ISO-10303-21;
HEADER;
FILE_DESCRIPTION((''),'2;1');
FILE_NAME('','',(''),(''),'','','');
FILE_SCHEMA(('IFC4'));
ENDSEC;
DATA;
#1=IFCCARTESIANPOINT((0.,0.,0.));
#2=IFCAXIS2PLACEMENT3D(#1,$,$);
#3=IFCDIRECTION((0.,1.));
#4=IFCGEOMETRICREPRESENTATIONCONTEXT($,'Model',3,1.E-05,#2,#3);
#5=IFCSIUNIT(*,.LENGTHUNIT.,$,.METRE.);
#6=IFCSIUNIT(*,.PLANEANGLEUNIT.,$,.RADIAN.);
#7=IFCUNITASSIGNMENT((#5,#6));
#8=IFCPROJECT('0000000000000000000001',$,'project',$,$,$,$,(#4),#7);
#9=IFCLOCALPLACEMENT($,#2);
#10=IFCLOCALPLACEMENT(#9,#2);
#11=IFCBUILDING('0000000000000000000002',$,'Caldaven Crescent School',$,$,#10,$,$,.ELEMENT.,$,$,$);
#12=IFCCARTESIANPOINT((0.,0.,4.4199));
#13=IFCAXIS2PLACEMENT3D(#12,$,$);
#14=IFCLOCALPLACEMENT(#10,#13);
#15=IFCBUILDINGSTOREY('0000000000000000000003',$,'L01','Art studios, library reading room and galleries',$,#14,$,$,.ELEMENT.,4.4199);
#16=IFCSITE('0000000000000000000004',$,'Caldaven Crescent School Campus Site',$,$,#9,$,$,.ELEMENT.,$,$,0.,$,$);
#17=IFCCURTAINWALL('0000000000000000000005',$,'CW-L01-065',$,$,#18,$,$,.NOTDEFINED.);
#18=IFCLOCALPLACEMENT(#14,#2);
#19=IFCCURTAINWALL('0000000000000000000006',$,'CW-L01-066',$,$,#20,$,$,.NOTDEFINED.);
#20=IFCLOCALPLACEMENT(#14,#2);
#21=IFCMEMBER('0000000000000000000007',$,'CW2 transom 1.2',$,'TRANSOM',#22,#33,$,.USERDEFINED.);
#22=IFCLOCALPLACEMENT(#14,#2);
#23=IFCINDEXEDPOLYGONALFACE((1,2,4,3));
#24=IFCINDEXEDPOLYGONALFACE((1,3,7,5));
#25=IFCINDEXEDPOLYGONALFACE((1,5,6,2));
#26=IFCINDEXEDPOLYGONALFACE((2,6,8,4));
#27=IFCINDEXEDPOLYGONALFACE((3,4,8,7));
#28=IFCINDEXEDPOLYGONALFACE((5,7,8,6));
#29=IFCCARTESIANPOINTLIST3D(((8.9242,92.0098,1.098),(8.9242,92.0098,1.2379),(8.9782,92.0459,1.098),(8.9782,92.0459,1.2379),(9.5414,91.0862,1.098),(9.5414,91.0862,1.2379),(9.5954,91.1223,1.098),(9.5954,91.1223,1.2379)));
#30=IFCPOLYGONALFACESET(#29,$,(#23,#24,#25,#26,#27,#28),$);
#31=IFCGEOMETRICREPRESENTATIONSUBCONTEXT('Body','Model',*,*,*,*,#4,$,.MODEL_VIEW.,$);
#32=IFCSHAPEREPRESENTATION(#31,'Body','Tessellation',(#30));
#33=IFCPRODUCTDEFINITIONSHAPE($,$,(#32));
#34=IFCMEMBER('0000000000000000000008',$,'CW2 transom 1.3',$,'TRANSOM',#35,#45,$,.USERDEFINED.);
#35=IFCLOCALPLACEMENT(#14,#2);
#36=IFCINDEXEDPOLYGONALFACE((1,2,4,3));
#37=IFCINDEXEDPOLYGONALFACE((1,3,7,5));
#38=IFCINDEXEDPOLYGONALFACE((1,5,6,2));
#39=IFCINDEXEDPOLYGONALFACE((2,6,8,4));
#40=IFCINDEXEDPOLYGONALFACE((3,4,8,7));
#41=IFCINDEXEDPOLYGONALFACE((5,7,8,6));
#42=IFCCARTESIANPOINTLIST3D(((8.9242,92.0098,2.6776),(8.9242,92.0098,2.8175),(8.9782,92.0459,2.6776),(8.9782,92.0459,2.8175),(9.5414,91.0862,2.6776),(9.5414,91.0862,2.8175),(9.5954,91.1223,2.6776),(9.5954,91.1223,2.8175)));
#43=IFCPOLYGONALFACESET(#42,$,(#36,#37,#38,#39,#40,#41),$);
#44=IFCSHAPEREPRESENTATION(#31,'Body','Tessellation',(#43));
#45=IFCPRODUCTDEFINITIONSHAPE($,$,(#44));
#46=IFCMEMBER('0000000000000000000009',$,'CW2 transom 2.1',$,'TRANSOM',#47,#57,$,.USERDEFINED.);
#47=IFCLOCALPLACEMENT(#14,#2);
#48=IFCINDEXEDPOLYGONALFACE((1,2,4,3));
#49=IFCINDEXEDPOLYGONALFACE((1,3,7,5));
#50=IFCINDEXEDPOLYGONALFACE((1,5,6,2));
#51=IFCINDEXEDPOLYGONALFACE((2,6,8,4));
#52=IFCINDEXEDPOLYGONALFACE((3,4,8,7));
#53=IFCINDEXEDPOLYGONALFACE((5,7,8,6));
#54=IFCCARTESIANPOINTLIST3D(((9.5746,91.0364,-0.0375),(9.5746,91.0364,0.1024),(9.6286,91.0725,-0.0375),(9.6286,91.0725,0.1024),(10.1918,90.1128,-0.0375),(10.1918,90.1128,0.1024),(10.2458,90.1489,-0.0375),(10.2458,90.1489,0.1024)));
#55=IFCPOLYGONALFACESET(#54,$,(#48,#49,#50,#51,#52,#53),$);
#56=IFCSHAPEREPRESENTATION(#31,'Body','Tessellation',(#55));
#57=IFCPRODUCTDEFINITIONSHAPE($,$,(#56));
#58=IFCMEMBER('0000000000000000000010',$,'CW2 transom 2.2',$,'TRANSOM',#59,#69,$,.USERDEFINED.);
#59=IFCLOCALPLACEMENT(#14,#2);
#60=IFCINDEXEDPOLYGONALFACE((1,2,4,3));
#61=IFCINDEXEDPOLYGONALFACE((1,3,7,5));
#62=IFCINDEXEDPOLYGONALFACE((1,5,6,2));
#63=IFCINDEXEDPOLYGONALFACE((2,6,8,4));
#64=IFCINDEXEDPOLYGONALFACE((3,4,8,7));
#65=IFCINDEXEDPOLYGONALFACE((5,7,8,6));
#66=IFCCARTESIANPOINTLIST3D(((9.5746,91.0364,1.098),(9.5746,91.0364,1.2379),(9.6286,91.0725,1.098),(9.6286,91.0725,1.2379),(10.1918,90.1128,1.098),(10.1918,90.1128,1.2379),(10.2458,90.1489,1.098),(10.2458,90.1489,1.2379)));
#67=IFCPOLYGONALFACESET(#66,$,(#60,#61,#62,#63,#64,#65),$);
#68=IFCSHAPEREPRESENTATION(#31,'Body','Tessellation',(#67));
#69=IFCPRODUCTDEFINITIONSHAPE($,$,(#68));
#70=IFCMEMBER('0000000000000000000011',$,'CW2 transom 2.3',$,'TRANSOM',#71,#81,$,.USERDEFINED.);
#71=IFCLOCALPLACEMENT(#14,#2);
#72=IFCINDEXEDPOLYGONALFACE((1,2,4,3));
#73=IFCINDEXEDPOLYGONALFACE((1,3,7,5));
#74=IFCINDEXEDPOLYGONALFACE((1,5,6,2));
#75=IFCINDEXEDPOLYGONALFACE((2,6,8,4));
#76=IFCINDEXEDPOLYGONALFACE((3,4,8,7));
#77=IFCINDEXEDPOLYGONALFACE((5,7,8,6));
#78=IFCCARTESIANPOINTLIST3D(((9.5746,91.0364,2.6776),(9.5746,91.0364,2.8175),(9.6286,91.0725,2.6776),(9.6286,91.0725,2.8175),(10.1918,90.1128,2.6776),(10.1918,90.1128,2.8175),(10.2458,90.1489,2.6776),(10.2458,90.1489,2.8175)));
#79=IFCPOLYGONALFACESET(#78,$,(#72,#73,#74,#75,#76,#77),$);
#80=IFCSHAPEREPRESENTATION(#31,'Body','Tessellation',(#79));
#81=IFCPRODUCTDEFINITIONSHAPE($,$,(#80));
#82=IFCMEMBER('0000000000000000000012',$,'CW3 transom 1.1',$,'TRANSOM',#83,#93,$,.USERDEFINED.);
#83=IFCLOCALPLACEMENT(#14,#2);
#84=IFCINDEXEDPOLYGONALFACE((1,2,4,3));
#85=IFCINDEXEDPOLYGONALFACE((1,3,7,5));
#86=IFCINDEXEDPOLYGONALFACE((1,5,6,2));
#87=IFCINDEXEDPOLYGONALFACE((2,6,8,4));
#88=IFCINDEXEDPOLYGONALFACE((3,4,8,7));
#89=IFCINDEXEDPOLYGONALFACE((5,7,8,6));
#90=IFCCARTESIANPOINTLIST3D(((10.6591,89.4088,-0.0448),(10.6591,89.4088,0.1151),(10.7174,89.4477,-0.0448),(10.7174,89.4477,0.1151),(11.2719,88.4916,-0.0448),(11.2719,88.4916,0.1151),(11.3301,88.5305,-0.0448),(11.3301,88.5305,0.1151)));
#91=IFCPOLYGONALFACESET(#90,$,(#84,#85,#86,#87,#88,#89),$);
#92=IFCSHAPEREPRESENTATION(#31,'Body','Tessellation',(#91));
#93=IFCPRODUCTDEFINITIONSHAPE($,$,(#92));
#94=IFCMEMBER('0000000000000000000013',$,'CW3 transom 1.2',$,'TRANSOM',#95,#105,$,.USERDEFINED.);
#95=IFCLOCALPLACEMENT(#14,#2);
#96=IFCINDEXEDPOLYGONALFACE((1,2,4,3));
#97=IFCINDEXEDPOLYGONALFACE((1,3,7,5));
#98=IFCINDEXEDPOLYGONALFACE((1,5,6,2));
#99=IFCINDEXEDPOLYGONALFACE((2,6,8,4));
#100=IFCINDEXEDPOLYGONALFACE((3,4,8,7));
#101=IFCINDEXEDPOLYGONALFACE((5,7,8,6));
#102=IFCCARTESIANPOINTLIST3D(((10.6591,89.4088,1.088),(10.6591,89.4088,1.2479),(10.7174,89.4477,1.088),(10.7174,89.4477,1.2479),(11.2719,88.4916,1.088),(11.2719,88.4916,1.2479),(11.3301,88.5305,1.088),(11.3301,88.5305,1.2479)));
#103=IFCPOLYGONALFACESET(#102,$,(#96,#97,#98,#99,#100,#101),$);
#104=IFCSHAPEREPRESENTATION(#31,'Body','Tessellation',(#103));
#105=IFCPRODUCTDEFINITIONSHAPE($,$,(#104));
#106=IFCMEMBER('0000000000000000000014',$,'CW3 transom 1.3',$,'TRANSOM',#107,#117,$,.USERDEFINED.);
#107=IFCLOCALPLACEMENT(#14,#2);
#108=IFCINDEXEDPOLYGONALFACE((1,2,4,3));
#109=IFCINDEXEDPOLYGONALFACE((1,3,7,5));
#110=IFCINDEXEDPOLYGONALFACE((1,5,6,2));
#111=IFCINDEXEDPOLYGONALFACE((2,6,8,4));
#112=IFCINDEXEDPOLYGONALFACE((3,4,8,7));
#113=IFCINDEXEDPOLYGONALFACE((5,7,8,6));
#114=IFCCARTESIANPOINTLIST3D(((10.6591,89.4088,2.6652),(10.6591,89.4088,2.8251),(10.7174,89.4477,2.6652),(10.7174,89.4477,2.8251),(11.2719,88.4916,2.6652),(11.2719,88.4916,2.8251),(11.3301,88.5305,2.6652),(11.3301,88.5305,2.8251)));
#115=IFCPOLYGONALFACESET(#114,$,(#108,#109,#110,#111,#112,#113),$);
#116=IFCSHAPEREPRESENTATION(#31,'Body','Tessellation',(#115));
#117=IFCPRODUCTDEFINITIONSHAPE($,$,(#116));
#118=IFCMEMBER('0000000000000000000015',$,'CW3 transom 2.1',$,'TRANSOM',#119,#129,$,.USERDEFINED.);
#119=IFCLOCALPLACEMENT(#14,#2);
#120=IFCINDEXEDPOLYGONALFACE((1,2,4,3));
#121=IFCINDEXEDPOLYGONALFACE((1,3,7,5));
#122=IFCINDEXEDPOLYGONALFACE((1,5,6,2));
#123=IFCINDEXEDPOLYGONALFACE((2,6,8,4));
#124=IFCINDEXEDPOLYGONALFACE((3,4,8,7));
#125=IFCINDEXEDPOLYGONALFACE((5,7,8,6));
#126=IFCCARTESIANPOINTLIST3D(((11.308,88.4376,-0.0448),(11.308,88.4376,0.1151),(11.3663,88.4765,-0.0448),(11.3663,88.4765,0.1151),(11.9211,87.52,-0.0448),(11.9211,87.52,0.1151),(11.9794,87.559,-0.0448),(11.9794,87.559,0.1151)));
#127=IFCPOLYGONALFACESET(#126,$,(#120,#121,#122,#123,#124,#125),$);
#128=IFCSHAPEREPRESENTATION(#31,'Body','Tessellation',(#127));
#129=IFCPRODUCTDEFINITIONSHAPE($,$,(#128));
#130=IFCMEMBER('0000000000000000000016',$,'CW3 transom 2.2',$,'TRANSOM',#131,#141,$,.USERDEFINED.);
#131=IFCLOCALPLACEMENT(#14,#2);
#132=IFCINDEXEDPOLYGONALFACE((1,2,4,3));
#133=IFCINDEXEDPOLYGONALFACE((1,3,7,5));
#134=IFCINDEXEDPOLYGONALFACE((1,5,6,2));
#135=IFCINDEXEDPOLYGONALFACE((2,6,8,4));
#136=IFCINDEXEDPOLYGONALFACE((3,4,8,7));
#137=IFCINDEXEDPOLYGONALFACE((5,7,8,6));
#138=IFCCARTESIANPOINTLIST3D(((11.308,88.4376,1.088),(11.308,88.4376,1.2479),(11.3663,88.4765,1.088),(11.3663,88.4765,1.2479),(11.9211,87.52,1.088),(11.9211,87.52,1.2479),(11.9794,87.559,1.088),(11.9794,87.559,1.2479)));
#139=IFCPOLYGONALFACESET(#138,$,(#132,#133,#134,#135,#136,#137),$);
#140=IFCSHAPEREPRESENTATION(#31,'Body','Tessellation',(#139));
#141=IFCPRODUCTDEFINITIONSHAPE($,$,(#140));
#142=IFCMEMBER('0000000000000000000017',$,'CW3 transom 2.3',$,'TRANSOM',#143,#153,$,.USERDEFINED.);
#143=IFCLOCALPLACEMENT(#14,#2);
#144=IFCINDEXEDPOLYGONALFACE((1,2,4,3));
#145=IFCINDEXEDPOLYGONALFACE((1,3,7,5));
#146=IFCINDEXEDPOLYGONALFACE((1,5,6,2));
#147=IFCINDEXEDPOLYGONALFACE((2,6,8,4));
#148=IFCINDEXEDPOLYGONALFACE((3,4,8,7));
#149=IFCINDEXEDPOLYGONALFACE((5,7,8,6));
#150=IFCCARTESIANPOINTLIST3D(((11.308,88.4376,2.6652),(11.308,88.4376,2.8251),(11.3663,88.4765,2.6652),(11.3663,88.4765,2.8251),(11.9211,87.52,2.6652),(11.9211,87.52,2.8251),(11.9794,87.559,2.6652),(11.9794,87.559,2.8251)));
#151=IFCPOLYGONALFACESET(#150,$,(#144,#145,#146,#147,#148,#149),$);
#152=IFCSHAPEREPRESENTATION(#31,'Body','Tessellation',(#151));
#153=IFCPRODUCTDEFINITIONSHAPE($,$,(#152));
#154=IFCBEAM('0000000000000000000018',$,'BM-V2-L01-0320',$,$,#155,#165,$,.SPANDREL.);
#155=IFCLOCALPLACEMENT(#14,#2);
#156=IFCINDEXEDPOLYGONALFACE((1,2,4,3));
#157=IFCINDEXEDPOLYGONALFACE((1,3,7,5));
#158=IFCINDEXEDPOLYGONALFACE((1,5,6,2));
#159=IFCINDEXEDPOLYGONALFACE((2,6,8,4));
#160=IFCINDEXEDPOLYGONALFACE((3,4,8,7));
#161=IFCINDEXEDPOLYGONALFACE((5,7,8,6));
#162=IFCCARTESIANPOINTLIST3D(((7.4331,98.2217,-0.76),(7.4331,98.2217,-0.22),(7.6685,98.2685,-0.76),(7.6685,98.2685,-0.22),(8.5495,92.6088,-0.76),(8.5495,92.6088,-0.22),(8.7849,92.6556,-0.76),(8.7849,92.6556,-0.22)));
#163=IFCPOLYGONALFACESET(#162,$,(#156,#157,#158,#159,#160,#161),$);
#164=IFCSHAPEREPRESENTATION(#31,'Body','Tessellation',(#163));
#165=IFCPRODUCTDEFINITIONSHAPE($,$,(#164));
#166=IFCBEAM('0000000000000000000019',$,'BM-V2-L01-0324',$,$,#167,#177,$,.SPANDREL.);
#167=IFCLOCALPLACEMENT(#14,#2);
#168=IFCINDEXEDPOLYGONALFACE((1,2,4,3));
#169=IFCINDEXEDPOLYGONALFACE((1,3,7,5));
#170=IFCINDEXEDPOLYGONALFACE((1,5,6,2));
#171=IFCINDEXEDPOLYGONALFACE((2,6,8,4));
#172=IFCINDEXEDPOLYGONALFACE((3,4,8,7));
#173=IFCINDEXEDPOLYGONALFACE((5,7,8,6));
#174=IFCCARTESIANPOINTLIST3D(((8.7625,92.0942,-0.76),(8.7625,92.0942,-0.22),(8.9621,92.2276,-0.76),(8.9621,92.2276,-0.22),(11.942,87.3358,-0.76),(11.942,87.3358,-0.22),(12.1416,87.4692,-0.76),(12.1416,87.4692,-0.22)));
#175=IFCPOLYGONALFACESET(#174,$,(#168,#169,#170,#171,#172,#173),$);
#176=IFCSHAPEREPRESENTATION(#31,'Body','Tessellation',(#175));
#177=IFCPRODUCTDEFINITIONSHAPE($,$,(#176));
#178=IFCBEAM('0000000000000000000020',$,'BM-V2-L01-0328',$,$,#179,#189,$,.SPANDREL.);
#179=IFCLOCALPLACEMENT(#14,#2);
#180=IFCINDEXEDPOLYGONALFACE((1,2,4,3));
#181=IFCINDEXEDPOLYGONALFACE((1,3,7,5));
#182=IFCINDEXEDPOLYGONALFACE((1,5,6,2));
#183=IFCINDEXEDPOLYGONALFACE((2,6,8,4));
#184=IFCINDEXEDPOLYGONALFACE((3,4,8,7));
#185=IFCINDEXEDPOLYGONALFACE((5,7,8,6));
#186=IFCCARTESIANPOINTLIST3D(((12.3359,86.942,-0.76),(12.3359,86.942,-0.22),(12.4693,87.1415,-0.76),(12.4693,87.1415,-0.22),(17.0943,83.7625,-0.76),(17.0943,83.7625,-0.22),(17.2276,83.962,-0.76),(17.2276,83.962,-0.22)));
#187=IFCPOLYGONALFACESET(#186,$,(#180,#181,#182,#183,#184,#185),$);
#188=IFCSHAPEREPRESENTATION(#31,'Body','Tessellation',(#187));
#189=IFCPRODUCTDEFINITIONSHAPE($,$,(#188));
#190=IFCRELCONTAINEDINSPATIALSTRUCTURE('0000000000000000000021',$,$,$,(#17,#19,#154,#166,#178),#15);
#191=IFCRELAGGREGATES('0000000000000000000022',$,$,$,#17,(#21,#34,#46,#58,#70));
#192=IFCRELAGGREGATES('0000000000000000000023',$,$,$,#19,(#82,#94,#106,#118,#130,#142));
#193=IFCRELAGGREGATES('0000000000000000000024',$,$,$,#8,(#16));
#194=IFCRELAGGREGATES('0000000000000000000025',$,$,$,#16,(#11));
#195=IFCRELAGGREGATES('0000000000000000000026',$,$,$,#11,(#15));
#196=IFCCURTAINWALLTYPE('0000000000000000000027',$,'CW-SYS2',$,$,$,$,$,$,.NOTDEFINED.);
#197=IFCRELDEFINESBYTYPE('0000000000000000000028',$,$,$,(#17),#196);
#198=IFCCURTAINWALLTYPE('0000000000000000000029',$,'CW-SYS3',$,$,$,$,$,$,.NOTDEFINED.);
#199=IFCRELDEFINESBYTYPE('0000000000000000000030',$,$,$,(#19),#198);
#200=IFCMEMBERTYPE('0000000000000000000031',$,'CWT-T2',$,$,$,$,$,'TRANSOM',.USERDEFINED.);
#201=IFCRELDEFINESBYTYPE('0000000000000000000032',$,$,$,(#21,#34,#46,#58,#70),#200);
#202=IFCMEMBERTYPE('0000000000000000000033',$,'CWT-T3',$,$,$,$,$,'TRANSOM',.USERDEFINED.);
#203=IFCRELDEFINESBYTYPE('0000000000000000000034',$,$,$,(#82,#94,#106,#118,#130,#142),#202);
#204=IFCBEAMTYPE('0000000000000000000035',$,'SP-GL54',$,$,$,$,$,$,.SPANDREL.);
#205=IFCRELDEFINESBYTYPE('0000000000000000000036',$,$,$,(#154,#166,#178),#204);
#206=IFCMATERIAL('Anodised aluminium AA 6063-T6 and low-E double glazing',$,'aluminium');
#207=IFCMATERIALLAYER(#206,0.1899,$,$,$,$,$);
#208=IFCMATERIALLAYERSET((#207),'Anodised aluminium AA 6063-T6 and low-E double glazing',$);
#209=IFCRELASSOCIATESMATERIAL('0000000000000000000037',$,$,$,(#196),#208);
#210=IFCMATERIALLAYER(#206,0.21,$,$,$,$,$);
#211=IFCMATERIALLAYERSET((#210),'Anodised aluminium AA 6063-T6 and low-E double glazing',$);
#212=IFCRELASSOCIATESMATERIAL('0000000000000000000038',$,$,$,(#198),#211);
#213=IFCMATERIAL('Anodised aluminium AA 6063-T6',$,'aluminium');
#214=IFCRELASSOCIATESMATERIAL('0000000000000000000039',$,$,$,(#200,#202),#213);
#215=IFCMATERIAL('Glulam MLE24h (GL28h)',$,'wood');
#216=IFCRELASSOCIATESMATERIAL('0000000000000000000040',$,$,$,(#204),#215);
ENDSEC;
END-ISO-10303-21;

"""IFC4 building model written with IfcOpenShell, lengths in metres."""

from ifc_helpers import new_model, si_unit, direction, frame, origin, origin_2d, place, context, subcontext, project, spatial, rectangle, extrude, material, layer, layer_set, material_profile, profile_set, type_object, element, aggregate, save


model = new_model("IFC4")

# Units and contexts
model_context = context("Model", 3, precision=1e-05, world=origin(), true_north=direction((0.0, 1.0)))
body_context = subcontext(model_context, "Body", "Model", "MODEL_VIEW")
ifc_project = project(units=[si_unit("LENGTHUNIT", "METRE"), si_unit("PLANEANGLEUNIT", "RADIAN")], contexts=[model_context])

# Site, building, storey
site_placement = place(None, origin())
site = spatial("IfcSite", under=ifc_project, at=site_placement, Name="Caldaven Crescent School Campus Site", CompositionType="ELEMENT", RefElevation=0.0)
building_placement = place(site_placement, origin())
building = spatial("IfcBuilding", under=site, at=building_placement, Name="Caldaven Crescent School", CompositionType="ELEMENT")
storey_placement = place(building_placement, frame((0.0, 0.0, 4.4199)))
storey = spatial("IfcBuildingStorey", under=building, at=storey_placement, Name="L01", Description="Art studios, library reading room and galleries", CompositionType="ELEMENT", Elevation=4.4199)

# Curtain walls
ifc_material_1 = material(Name="Anodised aluminium AA 6063-T6 and low-E double glazing", Category="aluminium")
ifc_layer_1 = layer(ifc_material_1, 0.1899)
ifc_layer_set_1 = layer_set([ifc_layer_1], Name="Anodised aluminium AA 6063-T6 and low-E double glazing")
curtain_wall_type_1 = type_object("IfcCurtainWallType", Name="CW-SYS2", PredefinedType="NOTDEFINED", material=ifc_layer_set_1)
curtain_wall_1_placement = place(storey_placement, origin())
curtain_wall_1 = element("IfcCurtainWall", 1, at=curtain_wall_1_placement, inside=storey, type_object=curtain_wall_type_1, Name="CW-L01-065", PredefinedType="NOTDEFINED")
ifc_material_2 = material(Name="Anodised aluminium AA 6063-T6", Category="aluminium")
ifc_layer_2 = layer(ifc_material_1, 0.21)
ifc_layer_set_2 = layer_set([ifc_layer_2], Name="Anodised aluminium AA 6063-T6 and low-E double glazing")
curtain_wall_type_2 = type_object("IfcCurtainWallType", Name="CW-SYS3", PredefinedType="NOTDEFINED", material=ifc_layer_set_2)
curtain_wall_2_placement = place(storey_placement, origin())
curtain_wall_2 = element("IfcCurtainWall", 2, at=curtain_wall_2_placement, inside=storey, type_object=curtain_wall_type_2, Name="CW-L01-066", PredefinedType="NOTDEFINED")

# Members
ifc_material_profile_1 = material_profile(ifc_material_2, rectangle(XDim=0.0649, YDim=0.1399, at=origin_2d()), Name="CWT 65x140")
ifc_profile_set_1 = profile_set([ifc_material_profile_1], Name="Anodised aluminium AA 6063-T6")
member_type_1 = type_object("IfcMemberType", Name="CWT-T2", ElementType="TRANSOM", PredefinedType="USERDEFINED", material=ifc_profile_set_1)
member_1_placement = place(storey_placement, frame((8.9512, 92.0278, 1.168), z_axis=(0.555613, -0.831441, 0.0), x_axis=(0.831441, 0.555613, 0.0)))
member_1 = element("IfcMember", 3, at=member_1_placement, type_object=member_type_1, Name="CW2 transom 1.2", ObjectType="TRANSOM", PredefinedType="USERDEFINED", context=body_context, shape_type="SweptSolid", body=[
    extrude(rectangle(XDim=0.0649, YDim=0.1399, at=origin_2d()), origin(), (0.0, 0.0, 1.0), 1.1108),
])
member_2_placement = place(storey_placement, frame((8.9512, 92.0278, 2.7476), z_axis=(0.555613, -0.831441, 0.0), x_axis=(0.831441, 0.555613, 0.0)))
member_2 = element("IfcMember", 4, at=member_2_placement, type_object=member_type_1, Name="CW2 transom 1.3", ObjectType="TRANSOM", PredefinedType="USERDEFINED", context=body_context, shape_type="SweptSolid", body=[
    extrude(rectangle(XDim=0.0649, YDim=0.1399, at=origin_2d()), origin(), (0.0, 0.0, 1.0), 1.1108),
])
member_3_placement = place(storey_placement, frame((9.6016, 91.0544, 0.0325), z_axis=(0.555613, -0.831441, 0.0), x_axis=(0.831441, 0.555613, 0.0)))
member_3 = element("IfcMember", 5, at=member_3_placement, type_object=member_type_1, Name="CW2 transom 2.1", ObjectType="TRANSOM", PredefinedType="USERDEFINED", context=body_context, shape_type="SweptSolid", body=[
    extrude(rectangle(XDim=0.0649, YDim=0.1399, at=origin_2d()), origin(), (0.0, 0.0, 1.0), 1.1108),
])
member_4_placement = place(storey_placement, frame((9.6016, 91.0544, 1.168), z_axis=(0.555613, -0.831441, 0.0), x_axis=(0.831441, 0.555613, 0.0)))
member_4 = element("IfcMember", 6, at=member_4_placement, type_object=member_type_1, Name="CW2 transom 2.2", ObjectType="TRANSOM", PredefinedType="USERDEFINED", context=body_context, shape_type="SweptSolid", body=[
    extrude(rectangle(XDim=0.0649, YDim=0.1399, at=origin_2d()), origin(), (0.0, 0.0, 1.0), 1.1108),
])
member_5_placement = place(storey_placement, frame((9.6016, 91.0544, 2.7476), z_axis=(0.555613, -0.831441, 0.0), x_axis=(0.831441, 0.555613, 0.0)))
member_5 = element("IfcMember", 7, at=member_5_placement, type_object=member_type_1, Name="CW2 transom 2.3", ObjectType="TRANSOM", PredefinedType="USERDEFINED", context=body_context, shape_type="SweptSolid", body=[
    extrude(rectangle(XDim=0.0649, YDim=0.1399, at=origin_2d()), origin(), (0.0, 0.0, 1.0), 1.1108),
])
ifc_material_profile_2 = material_profile(ifc_material_2, rectangle(XDim=0.0701, YDim=0.1599, at=origin_2d()), Name="CWT 70x160")
ifc_profile_set_2 = profile_set([ifc_material_profile_2], Name="Anodised aluminium AA 6063-T6")
member_type_2 = type_object("IfcMemberType", Name="CWT-T3", ElementType="TRANSOM", PredefinedType="USERDEFINED", material=ifc_profile_set_2)
member_6_placement = place(storey_placement, frame((10.6882, 89.4282, 0.0352), z_axis=(0.555517, -0.831505, 0.0), x_axis=(0.831505, 0.555517, 0.0)))
member_6 = element("IfcMember", 8, at=member_6_placement, type_object=member_type_2, Name="CW3 transom 1.1", ObjectType="TRANSOM", PredefinedType="USERDEFINED", context=body_context, shape_type="SweptSolid", body=[
    extrude(rectangle(XDim=0.0701, YDim=0.1599, at=origin_2d()), origin(), (0.0, 0.0, 1.0), 1.103),
])
member_7_placement = place(storey_placement, frame((10.6882, 89.4282, 1.168), z_axis=(0.555517, -0.831505, 0.0), x_axis=(0.831505, 0.555517, 0.0)))
member_7 = element("IfcMember", 9, at=member_7_placement, type_object=member_type_2, Name="CW3 transom 1.2", ObjectType="TRANSOM", PredefinedType="USERDEFINED", context=body_context, shape_type="SweptSolid", body=[
    extrude(rectangle(XDim=0.0701, YDim=0.1599, at=origin_2d()), origin(), (0.0, 0.0, 1.0), 1.103),
])
member_8_placement = place(storey_placement, frame((10.6882, 89.4282, 2.7451), z_axis=(0.555517, -0.831505, 0.0), x_axis=(0.831505, 0.555517, 0.0)))
member_8 = element("IfcMember", 10, at=member_8_placement, type_object=member_type_2, Name="CW3 transom 1.3", ObjectType="TRANSOM", PredefinedType="USERDEFINED", context=body_context, shape_type="SweptSolid", body=[
    extrude(rectangle(XDim=0.0701, YDim=0.1599, at=origin_2d()), origin(), (0.0, 0.0, 1.0), 1.103),
])
member_9_placement = place(storey_placement, frame((11.3372, 88.457, 0.0352), z_axis=(0.555568, -0.831471, 0.0), x_axis=(0.831471, 0.555568, 0.0)))
member_9 = element("IfcMember", 11, at=member_9_placement, type_object=member_type_2, Name="CW3 transom 2.1", ObjectType="TRANSOM", PredefinedType="USERDEFINED", context=body_context, shape_type="SweptSolid", body=[
    extrude(rectangle(XDim=0.0701, YDim=0.1599, at=origin_2d()), origin(), (0.0, 0.0, 1.0), 1.1035),
])
member_10_placement = place(storey_placement, frame((11.3372, 88.457, 1.168), z_axis=(0.555568, -0.831471, 0.0), x_axis=(0.831471, 0.555568, 0.0)))
member_10 = element("IfcMember", 12, at=member_10_placement, type_object=member_type_2, Name="CW3 transom 2.2", ObjectType="TRANSOM", PredefinedType="USERDEFINED", context=body_context, shape_type="SweptSolid", body=[
    extrude(rectangle(XDim=0.0701, YDim=0.1599, at=origin_2d()), origin(), (0.0, 0.0, 1.0), 1.1035),
])
member_11_placement = place(storey_placement, frame((11.3372, 88.457, 2.7451), z_axis=(0.555568, -0.831471, 0.0), x_axis=(0.831471, 0.555568, 0.0)))
member_11 = element("IfcMember", 13, at=member_11_placement, type_object=member_type_2, Name="CW3 transom 2.3", ObjectType="TRANSOM", PredefinedType="USERDEFINED", context=body_context, shape_type="SweptSolid", body=[
    extrude(rectangle(XDim=0.0701, YDim=0.1599, at=origin_2d()), origin(), (0.0, 0.0, 1.0), 1.1035),
])

# Beams
ifc_material_3 = material(Name="Glulam MLE24h (GL28h)", Category="wood")
ifc_material_profile_3 = material_profile(ifc_material_3, rectangle(XDim=0.24, YDim=0.54, at=origin_2d()), Name="MLE 240x540")
ifc_profile_set_3 = profile_set([ifc_material_profile_3], Name="Glulam MLE24h (GL28h)")
beam_type_1 = type_object("IfcBeamType", Name="SP-GL54", PredefinedType="SPANDREL", material=ifc_profile_set_3)
for number, where, z_axis, x_axis, name in (
    (14, (7.5508, 98.2451, -0.49), (0.195082, -0.980787, 0.0), (0.980787, 0.195082, 0.0), "BM-V2-L01-0320"),
    (15, (8.8623, 92.1609, -0.49), (0.555576, -0.831466, 0.0), (0.831466, 0.555576, 0.0), "BM-V2-L01-0324"),
    (16, (12.4026, 87.0417, -0.49), (0.831466, -0.555576, 0.0), (0.555576, 0.831466, 0.0), "BM-V2-L01-0328"),
):
    element("IfcBeam", number, at=place(storey_placement, frame(where, z_axis=z_axis, x_axis=x_axis)), inside=storey, type_object=beam_type_1, Name=name, PredefinedType="SPANDREL", context=body_context, shape_type="SweptSolid", body=[
        extrude(rectangle(XDim=0.24, YDim=0.54, at=origin_2d()), origin(), (0.0, 0.0, 1.0), 5.7229),
    ])

aggregate(curtain_wall_1, [member_1, member_2, member_3, member_4, member_5])
aggregate(curtain_wall_2, [member_6, member_7, member_8, member_9, member_10, member_11])

save(model, "model.ifc")
